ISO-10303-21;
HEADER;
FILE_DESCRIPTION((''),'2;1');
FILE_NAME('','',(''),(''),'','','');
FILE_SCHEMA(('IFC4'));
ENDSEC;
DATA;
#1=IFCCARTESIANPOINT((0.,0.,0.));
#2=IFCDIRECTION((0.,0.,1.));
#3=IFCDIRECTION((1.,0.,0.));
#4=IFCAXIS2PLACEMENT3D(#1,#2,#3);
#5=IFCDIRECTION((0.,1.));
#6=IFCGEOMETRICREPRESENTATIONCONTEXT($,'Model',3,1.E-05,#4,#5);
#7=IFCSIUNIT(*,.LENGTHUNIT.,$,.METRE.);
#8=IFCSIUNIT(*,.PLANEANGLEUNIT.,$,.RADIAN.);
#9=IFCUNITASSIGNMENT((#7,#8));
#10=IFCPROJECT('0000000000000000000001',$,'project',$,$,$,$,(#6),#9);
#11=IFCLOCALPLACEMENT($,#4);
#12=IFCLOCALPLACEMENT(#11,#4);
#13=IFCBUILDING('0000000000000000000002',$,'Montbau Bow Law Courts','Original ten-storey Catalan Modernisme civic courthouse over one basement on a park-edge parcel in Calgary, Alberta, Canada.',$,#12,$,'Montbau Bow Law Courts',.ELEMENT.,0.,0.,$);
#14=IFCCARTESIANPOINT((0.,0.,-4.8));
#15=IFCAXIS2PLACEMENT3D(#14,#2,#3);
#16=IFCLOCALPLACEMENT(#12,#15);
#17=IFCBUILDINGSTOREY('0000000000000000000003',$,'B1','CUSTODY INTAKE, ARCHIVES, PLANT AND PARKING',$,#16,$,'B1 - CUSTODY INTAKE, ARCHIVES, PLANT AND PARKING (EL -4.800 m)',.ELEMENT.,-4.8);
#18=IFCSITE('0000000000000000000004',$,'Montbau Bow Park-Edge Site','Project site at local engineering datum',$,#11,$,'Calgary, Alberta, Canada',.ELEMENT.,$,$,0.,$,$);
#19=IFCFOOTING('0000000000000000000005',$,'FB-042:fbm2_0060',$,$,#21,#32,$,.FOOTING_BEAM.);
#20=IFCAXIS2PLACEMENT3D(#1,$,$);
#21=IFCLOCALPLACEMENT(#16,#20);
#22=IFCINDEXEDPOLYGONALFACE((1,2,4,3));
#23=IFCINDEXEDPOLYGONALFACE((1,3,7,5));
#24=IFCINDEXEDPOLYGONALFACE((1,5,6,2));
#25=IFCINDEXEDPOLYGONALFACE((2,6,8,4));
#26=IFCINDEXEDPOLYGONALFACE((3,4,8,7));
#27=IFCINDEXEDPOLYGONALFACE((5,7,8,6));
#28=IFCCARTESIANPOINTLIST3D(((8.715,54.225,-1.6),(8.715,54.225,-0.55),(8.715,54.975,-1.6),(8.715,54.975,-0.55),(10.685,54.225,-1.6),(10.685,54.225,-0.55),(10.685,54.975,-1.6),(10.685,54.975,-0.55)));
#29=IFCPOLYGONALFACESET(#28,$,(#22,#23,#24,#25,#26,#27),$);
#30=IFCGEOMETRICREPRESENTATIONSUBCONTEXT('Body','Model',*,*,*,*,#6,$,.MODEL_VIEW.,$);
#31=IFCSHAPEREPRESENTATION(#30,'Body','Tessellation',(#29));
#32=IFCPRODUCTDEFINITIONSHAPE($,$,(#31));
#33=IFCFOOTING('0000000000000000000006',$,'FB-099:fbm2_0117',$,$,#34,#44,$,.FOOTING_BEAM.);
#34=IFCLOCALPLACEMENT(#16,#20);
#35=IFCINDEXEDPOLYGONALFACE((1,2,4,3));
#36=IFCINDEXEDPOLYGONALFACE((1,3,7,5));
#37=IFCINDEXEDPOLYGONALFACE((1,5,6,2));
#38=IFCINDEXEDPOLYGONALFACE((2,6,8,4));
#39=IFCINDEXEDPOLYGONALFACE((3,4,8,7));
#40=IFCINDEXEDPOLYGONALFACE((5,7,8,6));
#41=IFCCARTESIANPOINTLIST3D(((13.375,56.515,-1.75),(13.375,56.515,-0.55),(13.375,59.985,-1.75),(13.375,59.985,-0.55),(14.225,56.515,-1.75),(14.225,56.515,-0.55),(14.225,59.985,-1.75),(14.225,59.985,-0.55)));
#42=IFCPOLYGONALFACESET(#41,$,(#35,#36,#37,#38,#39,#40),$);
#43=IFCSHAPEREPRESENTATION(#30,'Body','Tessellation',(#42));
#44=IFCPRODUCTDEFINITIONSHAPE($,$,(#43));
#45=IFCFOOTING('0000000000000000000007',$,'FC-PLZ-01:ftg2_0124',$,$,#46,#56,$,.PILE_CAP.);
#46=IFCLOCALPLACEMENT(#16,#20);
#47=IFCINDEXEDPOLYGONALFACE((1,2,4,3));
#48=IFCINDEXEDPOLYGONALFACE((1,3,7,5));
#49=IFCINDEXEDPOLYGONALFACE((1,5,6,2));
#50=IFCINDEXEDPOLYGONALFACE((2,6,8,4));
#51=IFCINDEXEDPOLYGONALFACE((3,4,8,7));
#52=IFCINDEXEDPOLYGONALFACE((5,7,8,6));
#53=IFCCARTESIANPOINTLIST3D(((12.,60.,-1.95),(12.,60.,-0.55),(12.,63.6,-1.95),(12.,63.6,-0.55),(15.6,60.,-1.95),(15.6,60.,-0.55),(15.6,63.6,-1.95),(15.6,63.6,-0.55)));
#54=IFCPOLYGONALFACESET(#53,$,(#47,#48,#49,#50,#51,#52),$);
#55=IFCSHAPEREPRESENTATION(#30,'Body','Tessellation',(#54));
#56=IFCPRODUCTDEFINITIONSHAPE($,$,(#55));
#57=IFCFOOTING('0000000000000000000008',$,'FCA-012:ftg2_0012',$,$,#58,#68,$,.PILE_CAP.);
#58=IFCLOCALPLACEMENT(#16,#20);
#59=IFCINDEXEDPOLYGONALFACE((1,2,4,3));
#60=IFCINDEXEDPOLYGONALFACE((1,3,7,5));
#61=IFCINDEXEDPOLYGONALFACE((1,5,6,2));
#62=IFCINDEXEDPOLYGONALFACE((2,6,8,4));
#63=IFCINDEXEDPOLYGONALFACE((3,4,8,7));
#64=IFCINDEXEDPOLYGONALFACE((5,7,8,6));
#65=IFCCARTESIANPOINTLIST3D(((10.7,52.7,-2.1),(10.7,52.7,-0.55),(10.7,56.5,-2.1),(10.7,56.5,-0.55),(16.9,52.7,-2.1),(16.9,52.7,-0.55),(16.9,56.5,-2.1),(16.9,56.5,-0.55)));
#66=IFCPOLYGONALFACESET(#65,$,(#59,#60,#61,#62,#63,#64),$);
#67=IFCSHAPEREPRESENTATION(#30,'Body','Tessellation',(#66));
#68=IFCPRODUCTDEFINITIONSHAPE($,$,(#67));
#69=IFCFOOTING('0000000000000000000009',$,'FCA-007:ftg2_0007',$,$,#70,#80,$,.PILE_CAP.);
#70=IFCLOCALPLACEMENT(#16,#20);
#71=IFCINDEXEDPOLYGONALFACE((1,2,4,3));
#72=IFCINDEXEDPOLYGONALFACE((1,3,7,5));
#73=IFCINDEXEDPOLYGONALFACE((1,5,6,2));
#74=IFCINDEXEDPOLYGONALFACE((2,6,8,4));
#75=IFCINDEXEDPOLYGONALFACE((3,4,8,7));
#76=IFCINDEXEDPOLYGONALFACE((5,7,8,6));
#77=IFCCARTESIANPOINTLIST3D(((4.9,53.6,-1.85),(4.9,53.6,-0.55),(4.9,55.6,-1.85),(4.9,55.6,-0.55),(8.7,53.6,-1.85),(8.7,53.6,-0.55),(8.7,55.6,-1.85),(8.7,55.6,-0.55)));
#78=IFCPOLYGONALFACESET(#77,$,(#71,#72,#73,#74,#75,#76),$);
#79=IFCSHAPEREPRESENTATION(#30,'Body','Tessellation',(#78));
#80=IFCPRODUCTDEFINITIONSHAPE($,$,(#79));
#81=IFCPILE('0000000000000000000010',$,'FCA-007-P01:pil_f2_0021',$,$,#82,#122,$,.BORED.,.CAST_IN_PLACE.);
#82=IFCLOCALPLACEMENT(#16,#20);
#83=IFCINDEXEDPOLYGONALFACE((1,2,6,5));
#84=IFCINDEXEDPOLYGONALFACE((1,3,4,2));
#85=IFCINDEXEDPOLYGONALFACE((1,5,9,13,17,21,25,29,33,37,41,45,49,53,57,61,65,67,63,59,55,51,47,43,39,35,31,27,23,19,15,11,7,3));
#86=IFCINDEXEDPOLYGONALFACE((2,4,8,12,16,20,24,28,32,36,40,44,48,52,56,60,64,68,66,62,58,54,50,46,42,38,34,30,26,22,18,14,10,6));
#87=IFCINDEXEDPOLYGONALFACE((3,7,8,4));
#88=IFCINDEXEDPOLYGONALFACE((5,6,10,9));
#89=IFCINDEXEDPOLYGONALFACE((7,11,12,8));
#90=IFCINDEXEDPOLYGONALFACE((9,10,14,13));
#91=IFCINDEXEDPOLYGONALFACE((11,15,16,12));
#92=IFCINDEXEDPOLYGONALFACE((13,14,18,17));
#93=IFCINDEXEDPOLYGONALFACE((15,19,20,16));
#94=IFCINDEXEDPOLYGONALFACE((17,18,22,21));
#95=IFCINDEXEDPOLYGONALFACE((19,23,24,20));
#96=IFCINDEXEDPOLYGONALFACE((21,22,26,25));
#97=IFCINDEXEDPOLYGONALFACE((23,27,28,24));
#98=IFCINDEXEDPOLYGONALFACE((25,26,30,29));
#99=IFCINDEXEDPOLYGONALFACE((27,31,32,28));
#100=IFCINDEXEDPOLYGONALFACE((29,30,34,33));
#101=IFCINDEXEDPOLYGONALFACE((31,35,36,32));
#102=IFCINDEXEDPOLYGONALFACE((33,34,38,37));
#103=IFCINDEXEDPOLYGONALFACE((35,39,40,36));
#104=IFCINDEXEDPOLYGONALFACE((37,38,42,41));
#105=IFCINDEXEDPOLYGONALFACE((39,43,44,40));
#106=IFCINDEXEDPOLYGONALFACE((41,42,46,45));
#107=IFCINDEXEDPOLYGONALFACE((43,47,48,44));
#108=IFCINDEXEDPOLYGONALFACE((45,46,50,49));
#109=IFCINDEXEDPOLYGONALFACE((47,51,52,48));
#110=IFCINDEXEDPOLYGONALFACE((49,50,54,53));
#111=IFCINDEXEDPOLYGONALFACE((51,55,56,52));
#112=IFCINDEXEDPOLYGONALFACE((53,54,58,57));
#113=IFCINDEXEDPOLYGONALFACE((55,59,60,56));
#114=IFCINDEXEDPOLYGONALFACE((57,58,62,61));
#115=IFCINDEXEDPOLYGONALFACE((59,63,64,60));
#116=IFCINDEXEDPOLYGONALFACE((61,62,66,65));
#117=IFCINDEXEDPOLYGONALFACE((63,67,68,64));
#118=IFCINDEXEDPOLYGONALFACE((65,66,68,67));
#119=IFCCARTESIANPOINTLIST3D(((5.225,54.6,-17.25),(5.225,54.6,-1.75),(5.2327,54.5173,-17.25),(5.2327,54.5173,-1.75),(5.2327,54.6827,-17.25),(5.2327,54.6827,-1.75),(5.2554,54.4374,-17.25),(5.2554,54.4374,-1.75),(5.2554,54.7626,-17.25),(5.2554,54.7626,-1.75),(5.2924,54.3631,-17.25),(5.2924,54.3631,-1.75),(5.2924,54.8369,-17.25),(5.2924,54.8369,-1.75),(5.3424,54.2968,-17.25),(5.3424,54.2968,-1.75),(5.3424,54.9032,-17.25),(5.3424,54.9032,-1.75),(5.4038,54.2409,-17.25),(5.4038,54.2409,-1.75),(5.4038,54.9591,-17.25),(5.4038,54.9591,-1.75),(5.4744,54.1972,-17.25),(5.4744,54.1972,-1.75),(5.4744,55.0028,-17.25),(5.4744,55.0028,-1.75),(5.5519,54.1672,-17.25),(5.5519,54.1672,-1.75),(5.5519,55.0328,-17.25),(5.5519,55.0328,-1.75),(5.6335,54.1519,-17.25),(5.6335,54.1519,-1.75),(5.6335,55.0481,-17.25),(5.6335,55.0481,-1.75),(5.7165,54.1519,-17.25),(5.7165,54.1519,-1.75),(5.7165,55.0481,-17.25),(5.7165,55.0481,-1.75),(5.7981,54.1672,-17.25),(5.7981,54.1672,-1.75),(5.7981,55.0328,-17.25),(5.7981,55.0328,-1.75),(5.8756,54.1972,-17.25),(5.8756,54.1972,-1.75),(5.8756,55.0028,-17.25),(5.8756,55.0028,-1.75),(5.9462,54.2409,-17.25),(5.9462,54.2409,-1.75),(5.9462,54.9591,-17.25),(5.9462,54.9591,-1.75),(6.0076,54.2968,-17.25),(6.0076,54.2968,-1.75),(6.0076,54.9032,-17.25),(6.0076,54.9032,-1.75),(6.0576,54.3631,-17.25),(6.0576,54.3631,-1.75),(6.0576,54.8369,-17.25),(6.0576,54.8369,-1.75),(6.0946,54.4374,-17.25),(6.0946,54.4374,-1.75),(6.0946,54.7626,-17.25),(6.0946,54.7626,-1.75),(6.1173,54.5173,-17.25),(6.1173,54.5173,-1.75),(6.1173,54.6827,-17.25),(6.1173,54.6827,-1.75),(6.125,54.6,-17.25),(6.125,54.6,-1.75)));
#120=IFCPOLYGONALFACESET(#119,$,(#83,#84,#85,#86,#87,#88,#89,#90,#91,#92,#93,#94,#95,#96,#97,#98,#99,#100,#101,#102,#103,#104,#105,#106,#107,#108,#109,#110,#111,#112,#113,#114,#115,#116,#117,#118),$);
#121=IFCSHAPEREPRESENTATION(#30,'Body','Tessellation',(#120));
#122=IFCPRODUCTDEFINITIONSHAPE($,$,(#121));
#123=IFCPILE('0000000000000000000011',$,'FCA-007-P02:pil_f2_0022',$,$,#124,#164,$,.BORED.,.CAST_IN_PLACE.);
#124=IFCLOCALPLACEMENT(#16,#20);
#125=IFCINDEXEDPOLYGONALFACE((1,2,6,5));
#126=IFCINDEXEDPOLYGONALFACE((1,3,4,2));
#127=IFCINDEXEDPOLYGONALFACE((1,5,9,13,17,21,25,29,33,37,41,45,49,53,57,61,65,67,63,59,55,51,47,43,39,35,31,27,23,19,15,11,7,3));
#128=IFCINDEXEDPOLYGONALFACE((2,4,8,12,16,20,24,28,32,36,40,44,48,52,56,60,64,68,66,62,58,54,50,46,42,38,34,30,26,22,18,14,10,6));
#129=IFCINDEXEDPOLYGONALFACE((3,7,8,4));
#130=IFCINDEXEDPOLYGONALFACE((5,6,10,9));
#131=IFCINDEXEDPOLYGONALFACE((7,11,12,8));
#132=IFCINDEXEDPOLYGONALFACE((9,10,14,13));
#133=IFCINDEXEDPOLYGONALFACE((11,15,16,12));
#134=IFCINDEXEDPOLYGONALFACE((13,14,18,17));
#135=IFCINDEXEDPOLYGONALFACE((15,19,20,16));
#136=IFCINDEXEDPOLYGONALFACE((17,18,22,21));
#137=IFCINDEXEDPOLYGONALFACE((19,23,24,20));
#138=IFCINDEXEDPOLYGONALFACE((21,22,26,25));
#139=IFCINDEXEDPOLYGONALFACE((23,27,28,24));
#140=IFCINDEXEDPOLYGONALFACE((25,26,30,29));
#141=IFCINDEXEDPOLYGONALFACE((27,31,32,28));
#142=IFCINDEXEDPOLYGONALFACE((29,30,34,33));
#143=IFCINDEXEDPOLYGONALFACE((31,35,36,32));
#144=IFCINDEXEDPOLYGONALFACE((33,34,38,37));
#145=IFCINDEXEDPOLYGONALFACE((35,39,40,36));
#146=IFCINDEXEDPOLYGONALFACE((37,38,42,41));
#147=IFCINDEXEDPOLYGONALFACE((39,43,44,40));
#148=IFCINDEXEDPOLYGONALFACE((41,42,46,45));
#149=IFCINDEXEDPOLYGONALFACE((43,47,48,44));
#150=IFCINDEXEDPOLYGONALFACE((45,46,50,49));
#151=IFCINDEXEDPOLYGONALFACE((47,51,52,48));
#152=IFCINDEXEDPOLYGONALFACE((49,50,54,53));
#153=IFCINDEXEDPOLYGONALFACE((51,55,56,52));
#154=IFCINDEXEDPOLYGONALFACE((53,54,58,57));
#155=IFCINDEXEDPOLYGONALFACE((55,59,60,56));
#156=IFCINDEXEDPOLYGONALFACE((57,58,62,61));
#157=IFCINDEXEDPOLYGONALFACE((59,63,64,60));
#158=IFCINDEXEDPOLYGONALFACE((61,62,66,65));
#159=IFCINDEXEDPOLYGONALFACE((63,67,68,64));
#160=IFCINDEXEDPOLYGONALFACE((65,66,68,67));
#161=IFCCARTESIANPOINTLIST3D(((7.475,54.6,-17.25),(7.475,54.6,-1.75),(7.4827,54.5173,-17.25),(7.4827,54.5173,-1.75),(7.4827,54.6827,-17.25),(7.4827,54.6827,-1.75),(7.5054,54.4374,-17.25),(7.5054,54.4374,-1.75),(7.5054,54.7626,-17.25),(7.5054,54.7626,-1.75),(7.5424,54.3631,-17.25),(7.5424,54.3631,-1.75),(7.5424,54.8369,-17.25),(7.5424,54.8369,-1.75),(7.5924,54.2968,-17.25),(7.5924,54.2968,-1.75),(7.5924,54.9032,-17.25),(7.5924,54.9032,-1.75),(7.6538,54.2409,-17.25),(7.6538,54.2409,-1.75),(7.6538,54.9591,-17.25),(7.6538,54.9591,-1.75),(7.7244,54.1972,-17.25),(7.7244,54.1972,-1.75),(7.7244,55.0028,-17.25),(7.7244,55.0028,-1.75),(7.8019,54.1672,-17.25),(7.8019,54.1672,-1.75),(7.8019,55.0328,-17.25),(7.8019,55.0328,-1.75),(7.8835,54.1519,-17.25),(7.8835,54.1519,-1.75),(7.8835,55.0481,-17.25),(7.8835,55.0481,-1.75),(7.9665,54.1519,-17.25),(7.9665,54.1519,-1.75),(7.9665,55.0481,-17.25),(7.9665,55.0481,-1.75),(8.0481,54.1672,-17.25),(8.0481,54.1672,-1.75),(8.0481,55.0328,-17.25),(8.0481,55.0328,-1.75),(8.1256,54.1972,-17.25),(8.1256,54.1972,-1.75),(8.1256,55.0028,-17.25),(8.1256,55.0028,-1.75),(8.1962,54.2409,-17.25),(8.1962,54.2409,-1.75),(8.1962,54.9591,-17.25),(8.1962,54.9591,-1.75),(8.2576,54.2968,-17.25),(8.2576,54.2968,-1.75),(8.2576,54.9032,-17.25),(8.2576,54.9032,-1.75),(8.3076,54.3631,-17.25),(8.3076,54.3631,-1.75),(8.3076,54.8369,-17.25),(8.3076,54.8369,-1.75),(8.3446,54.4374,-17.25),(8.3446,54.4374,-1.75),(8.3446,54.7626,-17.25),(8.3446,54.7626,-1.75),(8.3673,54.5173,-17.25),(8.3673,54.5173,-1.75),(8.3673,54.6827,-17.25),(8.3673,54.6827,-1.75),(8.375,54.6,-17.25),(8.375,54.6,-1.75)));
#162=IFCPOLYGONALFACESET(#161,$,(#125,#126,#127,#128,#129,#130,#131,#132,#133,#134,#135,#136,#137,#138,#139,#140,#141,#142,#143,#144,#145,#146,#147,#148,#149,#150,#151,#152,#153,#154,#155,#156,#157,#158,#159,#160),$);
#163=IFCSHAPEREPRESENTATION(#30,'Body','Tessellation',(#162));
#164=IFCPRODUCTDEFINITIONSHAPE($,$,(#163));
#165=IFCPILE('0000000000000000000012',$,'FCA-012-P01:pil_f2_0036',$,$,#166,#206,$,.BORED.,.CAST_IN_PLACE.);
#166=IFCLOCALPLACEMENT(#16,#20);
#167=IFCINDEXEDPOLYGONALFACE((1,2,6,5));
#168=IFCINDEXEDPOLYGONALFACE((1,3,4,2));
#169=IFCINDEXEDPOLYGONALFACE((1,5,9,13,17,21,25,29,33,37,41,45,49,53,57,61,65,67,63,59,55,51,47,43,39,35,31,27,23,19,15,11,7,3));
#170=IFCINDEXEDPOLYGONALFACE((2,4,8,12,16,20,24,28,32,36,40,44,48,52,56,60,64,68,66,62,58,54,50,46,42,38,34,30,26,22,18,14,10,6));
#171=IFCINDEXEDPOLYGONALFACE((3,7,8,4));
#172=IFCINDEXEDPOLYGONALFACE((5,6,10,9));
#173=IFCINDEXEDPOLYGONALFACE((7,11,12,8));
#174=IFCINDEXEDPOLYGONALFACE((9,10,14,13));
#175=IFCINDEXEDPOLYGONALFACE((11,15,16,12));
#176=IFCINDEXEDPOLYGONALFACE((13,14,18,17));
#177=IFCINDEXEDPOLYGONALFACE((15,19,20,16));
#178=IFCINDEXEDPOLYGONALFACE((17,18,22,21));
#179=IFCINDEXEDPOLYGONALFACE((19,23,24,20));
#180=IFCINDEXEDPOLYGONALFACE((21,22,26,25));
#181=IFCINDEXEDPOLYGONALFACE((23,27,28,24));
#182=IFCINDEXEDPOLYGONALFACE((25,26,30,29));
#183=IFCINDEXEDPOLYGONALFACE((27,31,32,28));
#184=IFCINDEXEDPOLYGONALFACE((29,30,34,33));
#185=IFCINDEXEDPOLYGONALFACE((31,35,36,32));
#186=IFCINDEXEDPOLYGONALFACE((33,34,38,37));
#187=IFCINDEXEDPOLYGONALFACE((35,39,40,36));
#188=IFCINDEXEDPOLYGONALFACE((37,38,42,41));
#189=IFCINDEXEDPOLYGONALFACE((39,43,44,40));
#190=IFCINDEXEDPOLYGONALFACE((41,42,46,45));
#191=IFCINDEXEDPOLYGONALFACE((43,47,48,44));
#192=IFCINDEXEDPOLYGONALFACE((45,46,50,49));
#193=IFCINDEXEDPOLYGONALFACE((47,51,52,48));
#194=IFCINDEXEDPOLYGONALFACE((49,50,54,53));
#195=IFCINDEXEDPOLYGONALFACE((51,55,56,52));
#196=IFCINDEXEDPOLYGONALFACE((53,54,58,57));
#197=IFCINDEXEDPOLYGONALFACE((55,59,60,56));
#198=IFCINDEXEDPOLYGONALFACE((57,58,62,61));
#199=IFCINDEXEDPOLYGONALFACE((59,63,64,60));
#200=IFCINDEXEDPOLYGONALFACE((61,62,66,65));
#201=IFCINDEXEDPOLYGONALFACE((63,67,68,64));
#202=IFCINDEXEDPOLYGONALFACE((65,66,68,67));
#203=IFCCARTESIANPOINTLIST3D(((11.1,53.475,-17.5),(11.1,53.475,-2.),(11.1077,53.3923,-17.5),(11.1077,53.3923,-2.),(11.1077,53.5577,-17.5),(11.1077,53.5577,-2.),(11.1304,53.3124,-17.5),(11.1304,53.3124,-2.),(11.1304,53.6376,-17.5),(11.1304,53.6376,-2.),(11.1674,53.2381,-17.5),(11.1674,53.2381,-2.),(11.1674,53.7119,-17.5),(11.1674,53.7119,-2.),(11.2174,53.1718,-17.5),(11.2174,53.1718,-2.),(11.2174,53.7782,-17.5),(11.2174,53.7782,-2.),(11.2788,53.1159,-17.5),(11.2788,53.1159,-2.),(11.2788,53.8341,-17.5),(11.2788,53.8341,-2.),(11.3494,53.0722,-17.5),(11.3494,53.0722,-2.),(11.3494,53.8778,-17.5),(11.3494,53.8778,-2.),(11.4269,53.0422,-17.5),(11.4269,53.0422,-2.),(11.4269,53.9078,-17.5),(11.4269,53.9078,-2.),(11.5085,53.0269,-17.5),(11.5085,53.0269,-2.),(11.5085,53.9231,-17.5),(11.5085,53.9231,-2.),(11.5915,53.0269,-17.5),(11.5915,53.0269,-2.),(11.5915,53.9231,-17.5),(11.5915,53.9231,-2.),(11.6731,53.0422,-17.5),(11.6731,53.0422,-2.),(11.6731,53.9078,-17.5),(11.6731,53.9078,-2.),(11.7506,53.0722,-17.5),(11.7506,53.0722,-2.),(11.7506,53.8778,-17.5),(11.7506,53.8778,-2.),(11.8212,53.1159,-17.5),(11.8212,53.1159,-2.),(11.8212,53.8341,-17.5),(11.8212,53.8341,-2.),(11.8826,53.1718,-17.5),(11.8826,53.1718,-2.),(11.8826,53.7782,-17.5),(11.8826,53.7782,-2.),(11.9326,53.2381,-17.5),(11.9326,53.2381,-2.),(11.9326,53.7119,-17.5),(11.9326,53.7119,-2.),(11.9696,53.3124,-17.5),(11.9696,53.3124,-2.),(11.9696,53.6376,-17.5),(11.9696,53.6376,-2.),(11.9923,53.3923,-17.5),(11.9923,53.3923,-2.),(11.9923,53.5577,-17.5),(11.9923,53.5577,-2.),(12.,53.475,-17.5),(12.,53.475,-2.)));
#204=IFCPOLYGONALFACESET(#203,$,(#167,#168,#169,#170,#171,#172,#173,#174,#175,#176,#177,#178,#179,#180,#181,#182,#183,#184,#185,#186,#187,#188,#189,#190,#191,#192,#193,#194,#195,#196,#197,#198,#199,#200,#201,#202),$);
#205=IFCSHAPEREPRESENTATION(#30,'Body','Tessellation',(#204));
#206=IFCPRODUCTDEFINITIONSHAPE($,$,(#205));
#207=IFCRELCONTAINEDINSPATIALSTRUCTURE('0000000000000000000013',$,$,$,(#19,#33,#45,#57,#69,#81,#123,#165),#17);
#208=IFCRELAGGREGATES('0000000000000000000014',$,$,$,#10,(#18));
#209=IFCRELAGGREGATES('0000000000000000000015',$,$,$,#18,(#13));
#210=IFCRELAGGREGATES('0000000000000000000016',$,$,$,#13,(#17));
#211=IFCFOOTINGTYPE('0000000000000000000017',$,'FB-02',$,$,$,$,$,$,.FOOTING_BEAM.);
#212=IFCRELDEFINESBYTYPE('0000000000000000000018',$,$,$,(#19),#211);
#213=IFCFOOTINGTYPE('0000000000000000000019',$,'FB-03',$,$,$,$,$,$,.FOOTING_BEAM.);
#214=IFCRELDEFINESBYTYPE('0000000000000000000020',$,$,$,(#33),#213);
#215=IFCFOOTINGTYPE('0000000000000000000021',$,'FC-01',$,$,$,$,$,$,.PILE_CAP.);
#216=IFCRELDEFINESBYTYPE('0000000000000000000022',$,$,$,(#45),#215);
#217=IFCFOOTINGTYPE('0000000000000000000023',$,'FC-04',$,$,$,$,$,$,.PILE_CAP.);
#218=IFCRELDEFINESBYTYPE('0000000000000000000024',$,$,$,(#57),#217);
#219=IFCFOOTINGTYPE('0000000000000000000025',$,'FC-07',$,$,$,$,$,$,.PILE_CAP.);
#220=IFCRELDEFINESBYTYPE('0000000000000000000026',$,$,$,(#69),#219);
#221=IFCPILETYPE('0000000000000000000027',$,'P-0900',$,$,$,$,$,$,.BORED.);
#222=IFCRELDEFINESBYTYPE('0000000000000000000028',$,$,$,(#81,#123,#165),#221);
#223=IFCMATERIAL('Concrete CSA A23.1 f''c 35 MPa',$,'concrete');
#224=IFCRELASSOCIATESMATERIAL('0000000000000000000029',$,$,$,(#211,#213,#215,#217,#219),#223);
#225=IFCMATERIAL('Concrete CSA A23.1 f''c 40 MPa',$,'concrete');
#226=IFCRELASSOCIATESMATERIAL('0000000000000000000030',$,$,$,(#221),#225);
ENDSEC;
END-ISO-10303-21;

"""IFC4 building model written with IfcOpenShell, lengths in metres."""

from ifc_helpers import new_model, si_unit, direction, frame, origin_with_axes, origin_2d_with_axis, place, context, subcontext, project, spatial, rectangle, circle, extrude, material, material_profile, profile_set, type_object, element, save


model = new_model("IFC4")

# Units and contexts
model_context = context("Model", 3, precision=1e-05, world=origin_with_axes(), true_north=direction((0.0, 1.0)))
body_context = subcontext(model_context, "Body", "Model", "MODEL_VIEW")
ifc_project = project(units=[si_unit("LENGTHUNIT", "METRE"), si_unit("PLANEANGLEUNIT", "RADIAN")], contexts=[model_context])

# Site, building, storey
site_placement = place(None, origin_with_axes())
site = spatial("IfcSite", under=ifc_project, at=site_placement, Name="Montbau Bow Park-Edge Site", Description="Project site at local engineering datum", LongName="Calgary, Alberta, Canada", CompositionType="ELEMENT", RefElevation=0.0)
building_placement = place(site_placement, origin_with_axes())
building = spatial("IfcBuilding", under=site, at=building_placement, Name="Montbau Bow Law Courts", Description="Original ten-storey Catalan Modernisme civic courthouse over one basement on a park-edge parcel in Calgary, Alberta, Canada.", LongName="Montbau Bow Law Courts", CompositionType="ELEMENT", ElevationOfRefHeight=0.0, ElevationOfTerrain=0.0)
storey_placement = place(building_placement, frame((0.0, 0.0, -4.8), z_axis=(0.0, 0.0, 1.0), x_axis=(1.0, 0.0, 0.0)))
storey = spatial("IfcBuildingStorey", under=building, at=storey_placement, Name="B1", Description="CUSTODY INTAKE, ARCHIVES, PLANT AND PARKING", LongName="B1 - CUSTODY INTAKE, ARCHIVES, PLANT AND PARKING (EL -4.800 m)", CompositionType="ELEMENT", Elevation=-4.8)

# Footings
ifc_material_1 = material(Name="Concrete CSA A23.1 f'c 35 MPa", Category="concrete")
footing_type_1 = type_object("IfcFootingType", Name="FB-02", PredefinedType="FOOTING_BEAM", material=ifc_material_1)
footing_1_placement = place(None, frame((9.7, 54.6, -6.4), z_axis=(0.0, 0.0, 1.0), x_axis=(1.0, 0.0, 0.0)))
element("IfcFooting", 1, at=footing_1_placement, inside=storey, type_object=footing_type_1, Name="FB-042:fbm2_0060", PredefinedType="FOOTING_BEAM", context=body_context, shape_type="SweptSolid", body=[
    extrude(rectangle(XDim=1.97, YDim=0.75, at=origin_2d_with_axis()), origin_with_axes(), (0.0, 0.0, 1.0), 1.05),
])
footing_type_2 = type_object("IfcFootingType", Name="FB-03", PredefinedType="FOOTING_BEAM", material=ifc_material_1)
footing_2_placement = place(None, frame((13.8, 58.25, -6.55), z_axis=(0.0, 0.0, 1.0), x_axis=(0.0, 1.0, 0.0)))
element("IfcFooting", 2, at=footing_2_placement, inside=storey, type_object=footing_type_2, Name="FB-099:fbm2_0117", PredefinedType="FOOTING_BEAM", context=body_context, shape_type="SweptSolid", body=[
    extrude(rectangle(XDim=3.47, YDim=0.85, at=origin_2d_with_axis()), origin_with_axes(), (0.0, 0.0, 1.0), 1.2),
])
footing_type_3 = type_object("IfcFootingType", Name="FC-01", PredefinedType="PILE_CAP", material=ifc_material_1)
footing_3_placement = place(None, frame((13.8, 61.8, -6.75), z_axis=(0.0, 0.0, 1.0), x_axis=(1.0, 0.0, 0.0)))
element("IfcFooting", 3, at=footing_3_placement, inside=storey, type_object=footing_type_3, Name="FC-PLZ-01:ftg2_0124", PredefinedType="PILE_CAP", context=body_context, shape_type="SweptSolid", body=[
    extrude(rectangle(XDim=3.6, YDim=3.6, at=origin_2d_with_axis()), origin_with_axes(), (0.0, 0.0, 1.0), 1.4),
])
footing_type_4 = type_object("IfcFootingType", Name="FC-04", PredefinedType="PILE_CAP", material=ifc_material_1)
footing_4_placement = place(None, frame((13.8, 54.6, -6.9), z_axis=(0.0, 0.0, 1.0), x_axis=(1.0, 0.0, 0.0)))
element("IfcFooting", 4, at=footing_4_placement, inside=storey, type_object=footing_type_4, Name="FCA-012:ftg2_0012", PredefinedType="PILE_CAP", context=body_context, shape_type="SweptSolid", body=[
    extrude(rectangle(XDim=6.2, YDim=3.8, at=origin_2d_with_axis()), origin_with_axes(), (0.0, 0.0, 1.0), 1.55),
])
footing_type_5 = type_object("IfcFootingType", Name="FC-07", PredefinedType="PILE_CAP", material=ifc_material_1)
footing_5_placement = place(None, frame((6.8, 54.6, -6.65), z_axis=(0.0, 0.0, 1.0), x_axis=(1.0, 0.0, 0.0)))
element("IfcFooting", 5, at=footing_5_placement, inside=storey, type_object=footing_type_5, Name="FCA-007:ftg2_0007", PredefinedType="PILE_CAP", context=body_context, shape_type="SweptSolid", body=[
    extrude(rectangle(XDim=3.8, YDim=2.0, at=origin_2d_with_axis()), origin_with_axes(), (0.0, 0.0, 1.0), 1.3),
])

# Piles
ifc_material_2 = material(Name="Concrete CSA A23.1 f'c 40 MPa", Category="concrete")
ifc_material_profile_1 = material_profile(ifc_material_2, circle(Radius=0.45, at=origin_2d_with_axis()), Name="BP900", Category="Main", Priority=0)
ifc_profile_set_1 = profile_set([ifc_material_profile_1], Name="Concrete CSA A23.1 f'c 40 MPa")
pile_type_1 = type_object("IfcPileType", Name="P-0900", PredefinedType="BORED", material=ifc_profile_set_1)
for number, where, z_axis, x_axis, name in (
    (6, (5.675, 54.6, -22.05), (0.0, 0.0, 1.0), (1.0, 0.0, 0.0), "FCA-007-P01:pil_f2_0021"),
    (7, (7.925, 54.6, -22.05), (0.0, 0.0, 1.0), (1.0, 0.0, 0.0), "FCA-007-P02:pil_f2_0022"),
    (8, (11.55, 53.475, -22.3), (0.0, 0.0, 1.0), (1.0, 0.0, 0.0), "FCA-012-P01:pil_f2_0036"),
):
    element("IfcPile", number, at=place(None, frame(where, z_axis=z_axis, x_axis=x_axis)), inside=storey, type_object=pile_type_1, Name=name, ConstructionType="CAST_IN_PLACE", PredefinedType="BORED", context=body_context, shape_type="SweptSolid", body=[
        extrude(circle(Radius=0.45, at=origin_2d_with_axis()), origin_with_axes(), (0.0, 0.0, 1.0), 15.5),
    ])

save(model, "model.ifc")
